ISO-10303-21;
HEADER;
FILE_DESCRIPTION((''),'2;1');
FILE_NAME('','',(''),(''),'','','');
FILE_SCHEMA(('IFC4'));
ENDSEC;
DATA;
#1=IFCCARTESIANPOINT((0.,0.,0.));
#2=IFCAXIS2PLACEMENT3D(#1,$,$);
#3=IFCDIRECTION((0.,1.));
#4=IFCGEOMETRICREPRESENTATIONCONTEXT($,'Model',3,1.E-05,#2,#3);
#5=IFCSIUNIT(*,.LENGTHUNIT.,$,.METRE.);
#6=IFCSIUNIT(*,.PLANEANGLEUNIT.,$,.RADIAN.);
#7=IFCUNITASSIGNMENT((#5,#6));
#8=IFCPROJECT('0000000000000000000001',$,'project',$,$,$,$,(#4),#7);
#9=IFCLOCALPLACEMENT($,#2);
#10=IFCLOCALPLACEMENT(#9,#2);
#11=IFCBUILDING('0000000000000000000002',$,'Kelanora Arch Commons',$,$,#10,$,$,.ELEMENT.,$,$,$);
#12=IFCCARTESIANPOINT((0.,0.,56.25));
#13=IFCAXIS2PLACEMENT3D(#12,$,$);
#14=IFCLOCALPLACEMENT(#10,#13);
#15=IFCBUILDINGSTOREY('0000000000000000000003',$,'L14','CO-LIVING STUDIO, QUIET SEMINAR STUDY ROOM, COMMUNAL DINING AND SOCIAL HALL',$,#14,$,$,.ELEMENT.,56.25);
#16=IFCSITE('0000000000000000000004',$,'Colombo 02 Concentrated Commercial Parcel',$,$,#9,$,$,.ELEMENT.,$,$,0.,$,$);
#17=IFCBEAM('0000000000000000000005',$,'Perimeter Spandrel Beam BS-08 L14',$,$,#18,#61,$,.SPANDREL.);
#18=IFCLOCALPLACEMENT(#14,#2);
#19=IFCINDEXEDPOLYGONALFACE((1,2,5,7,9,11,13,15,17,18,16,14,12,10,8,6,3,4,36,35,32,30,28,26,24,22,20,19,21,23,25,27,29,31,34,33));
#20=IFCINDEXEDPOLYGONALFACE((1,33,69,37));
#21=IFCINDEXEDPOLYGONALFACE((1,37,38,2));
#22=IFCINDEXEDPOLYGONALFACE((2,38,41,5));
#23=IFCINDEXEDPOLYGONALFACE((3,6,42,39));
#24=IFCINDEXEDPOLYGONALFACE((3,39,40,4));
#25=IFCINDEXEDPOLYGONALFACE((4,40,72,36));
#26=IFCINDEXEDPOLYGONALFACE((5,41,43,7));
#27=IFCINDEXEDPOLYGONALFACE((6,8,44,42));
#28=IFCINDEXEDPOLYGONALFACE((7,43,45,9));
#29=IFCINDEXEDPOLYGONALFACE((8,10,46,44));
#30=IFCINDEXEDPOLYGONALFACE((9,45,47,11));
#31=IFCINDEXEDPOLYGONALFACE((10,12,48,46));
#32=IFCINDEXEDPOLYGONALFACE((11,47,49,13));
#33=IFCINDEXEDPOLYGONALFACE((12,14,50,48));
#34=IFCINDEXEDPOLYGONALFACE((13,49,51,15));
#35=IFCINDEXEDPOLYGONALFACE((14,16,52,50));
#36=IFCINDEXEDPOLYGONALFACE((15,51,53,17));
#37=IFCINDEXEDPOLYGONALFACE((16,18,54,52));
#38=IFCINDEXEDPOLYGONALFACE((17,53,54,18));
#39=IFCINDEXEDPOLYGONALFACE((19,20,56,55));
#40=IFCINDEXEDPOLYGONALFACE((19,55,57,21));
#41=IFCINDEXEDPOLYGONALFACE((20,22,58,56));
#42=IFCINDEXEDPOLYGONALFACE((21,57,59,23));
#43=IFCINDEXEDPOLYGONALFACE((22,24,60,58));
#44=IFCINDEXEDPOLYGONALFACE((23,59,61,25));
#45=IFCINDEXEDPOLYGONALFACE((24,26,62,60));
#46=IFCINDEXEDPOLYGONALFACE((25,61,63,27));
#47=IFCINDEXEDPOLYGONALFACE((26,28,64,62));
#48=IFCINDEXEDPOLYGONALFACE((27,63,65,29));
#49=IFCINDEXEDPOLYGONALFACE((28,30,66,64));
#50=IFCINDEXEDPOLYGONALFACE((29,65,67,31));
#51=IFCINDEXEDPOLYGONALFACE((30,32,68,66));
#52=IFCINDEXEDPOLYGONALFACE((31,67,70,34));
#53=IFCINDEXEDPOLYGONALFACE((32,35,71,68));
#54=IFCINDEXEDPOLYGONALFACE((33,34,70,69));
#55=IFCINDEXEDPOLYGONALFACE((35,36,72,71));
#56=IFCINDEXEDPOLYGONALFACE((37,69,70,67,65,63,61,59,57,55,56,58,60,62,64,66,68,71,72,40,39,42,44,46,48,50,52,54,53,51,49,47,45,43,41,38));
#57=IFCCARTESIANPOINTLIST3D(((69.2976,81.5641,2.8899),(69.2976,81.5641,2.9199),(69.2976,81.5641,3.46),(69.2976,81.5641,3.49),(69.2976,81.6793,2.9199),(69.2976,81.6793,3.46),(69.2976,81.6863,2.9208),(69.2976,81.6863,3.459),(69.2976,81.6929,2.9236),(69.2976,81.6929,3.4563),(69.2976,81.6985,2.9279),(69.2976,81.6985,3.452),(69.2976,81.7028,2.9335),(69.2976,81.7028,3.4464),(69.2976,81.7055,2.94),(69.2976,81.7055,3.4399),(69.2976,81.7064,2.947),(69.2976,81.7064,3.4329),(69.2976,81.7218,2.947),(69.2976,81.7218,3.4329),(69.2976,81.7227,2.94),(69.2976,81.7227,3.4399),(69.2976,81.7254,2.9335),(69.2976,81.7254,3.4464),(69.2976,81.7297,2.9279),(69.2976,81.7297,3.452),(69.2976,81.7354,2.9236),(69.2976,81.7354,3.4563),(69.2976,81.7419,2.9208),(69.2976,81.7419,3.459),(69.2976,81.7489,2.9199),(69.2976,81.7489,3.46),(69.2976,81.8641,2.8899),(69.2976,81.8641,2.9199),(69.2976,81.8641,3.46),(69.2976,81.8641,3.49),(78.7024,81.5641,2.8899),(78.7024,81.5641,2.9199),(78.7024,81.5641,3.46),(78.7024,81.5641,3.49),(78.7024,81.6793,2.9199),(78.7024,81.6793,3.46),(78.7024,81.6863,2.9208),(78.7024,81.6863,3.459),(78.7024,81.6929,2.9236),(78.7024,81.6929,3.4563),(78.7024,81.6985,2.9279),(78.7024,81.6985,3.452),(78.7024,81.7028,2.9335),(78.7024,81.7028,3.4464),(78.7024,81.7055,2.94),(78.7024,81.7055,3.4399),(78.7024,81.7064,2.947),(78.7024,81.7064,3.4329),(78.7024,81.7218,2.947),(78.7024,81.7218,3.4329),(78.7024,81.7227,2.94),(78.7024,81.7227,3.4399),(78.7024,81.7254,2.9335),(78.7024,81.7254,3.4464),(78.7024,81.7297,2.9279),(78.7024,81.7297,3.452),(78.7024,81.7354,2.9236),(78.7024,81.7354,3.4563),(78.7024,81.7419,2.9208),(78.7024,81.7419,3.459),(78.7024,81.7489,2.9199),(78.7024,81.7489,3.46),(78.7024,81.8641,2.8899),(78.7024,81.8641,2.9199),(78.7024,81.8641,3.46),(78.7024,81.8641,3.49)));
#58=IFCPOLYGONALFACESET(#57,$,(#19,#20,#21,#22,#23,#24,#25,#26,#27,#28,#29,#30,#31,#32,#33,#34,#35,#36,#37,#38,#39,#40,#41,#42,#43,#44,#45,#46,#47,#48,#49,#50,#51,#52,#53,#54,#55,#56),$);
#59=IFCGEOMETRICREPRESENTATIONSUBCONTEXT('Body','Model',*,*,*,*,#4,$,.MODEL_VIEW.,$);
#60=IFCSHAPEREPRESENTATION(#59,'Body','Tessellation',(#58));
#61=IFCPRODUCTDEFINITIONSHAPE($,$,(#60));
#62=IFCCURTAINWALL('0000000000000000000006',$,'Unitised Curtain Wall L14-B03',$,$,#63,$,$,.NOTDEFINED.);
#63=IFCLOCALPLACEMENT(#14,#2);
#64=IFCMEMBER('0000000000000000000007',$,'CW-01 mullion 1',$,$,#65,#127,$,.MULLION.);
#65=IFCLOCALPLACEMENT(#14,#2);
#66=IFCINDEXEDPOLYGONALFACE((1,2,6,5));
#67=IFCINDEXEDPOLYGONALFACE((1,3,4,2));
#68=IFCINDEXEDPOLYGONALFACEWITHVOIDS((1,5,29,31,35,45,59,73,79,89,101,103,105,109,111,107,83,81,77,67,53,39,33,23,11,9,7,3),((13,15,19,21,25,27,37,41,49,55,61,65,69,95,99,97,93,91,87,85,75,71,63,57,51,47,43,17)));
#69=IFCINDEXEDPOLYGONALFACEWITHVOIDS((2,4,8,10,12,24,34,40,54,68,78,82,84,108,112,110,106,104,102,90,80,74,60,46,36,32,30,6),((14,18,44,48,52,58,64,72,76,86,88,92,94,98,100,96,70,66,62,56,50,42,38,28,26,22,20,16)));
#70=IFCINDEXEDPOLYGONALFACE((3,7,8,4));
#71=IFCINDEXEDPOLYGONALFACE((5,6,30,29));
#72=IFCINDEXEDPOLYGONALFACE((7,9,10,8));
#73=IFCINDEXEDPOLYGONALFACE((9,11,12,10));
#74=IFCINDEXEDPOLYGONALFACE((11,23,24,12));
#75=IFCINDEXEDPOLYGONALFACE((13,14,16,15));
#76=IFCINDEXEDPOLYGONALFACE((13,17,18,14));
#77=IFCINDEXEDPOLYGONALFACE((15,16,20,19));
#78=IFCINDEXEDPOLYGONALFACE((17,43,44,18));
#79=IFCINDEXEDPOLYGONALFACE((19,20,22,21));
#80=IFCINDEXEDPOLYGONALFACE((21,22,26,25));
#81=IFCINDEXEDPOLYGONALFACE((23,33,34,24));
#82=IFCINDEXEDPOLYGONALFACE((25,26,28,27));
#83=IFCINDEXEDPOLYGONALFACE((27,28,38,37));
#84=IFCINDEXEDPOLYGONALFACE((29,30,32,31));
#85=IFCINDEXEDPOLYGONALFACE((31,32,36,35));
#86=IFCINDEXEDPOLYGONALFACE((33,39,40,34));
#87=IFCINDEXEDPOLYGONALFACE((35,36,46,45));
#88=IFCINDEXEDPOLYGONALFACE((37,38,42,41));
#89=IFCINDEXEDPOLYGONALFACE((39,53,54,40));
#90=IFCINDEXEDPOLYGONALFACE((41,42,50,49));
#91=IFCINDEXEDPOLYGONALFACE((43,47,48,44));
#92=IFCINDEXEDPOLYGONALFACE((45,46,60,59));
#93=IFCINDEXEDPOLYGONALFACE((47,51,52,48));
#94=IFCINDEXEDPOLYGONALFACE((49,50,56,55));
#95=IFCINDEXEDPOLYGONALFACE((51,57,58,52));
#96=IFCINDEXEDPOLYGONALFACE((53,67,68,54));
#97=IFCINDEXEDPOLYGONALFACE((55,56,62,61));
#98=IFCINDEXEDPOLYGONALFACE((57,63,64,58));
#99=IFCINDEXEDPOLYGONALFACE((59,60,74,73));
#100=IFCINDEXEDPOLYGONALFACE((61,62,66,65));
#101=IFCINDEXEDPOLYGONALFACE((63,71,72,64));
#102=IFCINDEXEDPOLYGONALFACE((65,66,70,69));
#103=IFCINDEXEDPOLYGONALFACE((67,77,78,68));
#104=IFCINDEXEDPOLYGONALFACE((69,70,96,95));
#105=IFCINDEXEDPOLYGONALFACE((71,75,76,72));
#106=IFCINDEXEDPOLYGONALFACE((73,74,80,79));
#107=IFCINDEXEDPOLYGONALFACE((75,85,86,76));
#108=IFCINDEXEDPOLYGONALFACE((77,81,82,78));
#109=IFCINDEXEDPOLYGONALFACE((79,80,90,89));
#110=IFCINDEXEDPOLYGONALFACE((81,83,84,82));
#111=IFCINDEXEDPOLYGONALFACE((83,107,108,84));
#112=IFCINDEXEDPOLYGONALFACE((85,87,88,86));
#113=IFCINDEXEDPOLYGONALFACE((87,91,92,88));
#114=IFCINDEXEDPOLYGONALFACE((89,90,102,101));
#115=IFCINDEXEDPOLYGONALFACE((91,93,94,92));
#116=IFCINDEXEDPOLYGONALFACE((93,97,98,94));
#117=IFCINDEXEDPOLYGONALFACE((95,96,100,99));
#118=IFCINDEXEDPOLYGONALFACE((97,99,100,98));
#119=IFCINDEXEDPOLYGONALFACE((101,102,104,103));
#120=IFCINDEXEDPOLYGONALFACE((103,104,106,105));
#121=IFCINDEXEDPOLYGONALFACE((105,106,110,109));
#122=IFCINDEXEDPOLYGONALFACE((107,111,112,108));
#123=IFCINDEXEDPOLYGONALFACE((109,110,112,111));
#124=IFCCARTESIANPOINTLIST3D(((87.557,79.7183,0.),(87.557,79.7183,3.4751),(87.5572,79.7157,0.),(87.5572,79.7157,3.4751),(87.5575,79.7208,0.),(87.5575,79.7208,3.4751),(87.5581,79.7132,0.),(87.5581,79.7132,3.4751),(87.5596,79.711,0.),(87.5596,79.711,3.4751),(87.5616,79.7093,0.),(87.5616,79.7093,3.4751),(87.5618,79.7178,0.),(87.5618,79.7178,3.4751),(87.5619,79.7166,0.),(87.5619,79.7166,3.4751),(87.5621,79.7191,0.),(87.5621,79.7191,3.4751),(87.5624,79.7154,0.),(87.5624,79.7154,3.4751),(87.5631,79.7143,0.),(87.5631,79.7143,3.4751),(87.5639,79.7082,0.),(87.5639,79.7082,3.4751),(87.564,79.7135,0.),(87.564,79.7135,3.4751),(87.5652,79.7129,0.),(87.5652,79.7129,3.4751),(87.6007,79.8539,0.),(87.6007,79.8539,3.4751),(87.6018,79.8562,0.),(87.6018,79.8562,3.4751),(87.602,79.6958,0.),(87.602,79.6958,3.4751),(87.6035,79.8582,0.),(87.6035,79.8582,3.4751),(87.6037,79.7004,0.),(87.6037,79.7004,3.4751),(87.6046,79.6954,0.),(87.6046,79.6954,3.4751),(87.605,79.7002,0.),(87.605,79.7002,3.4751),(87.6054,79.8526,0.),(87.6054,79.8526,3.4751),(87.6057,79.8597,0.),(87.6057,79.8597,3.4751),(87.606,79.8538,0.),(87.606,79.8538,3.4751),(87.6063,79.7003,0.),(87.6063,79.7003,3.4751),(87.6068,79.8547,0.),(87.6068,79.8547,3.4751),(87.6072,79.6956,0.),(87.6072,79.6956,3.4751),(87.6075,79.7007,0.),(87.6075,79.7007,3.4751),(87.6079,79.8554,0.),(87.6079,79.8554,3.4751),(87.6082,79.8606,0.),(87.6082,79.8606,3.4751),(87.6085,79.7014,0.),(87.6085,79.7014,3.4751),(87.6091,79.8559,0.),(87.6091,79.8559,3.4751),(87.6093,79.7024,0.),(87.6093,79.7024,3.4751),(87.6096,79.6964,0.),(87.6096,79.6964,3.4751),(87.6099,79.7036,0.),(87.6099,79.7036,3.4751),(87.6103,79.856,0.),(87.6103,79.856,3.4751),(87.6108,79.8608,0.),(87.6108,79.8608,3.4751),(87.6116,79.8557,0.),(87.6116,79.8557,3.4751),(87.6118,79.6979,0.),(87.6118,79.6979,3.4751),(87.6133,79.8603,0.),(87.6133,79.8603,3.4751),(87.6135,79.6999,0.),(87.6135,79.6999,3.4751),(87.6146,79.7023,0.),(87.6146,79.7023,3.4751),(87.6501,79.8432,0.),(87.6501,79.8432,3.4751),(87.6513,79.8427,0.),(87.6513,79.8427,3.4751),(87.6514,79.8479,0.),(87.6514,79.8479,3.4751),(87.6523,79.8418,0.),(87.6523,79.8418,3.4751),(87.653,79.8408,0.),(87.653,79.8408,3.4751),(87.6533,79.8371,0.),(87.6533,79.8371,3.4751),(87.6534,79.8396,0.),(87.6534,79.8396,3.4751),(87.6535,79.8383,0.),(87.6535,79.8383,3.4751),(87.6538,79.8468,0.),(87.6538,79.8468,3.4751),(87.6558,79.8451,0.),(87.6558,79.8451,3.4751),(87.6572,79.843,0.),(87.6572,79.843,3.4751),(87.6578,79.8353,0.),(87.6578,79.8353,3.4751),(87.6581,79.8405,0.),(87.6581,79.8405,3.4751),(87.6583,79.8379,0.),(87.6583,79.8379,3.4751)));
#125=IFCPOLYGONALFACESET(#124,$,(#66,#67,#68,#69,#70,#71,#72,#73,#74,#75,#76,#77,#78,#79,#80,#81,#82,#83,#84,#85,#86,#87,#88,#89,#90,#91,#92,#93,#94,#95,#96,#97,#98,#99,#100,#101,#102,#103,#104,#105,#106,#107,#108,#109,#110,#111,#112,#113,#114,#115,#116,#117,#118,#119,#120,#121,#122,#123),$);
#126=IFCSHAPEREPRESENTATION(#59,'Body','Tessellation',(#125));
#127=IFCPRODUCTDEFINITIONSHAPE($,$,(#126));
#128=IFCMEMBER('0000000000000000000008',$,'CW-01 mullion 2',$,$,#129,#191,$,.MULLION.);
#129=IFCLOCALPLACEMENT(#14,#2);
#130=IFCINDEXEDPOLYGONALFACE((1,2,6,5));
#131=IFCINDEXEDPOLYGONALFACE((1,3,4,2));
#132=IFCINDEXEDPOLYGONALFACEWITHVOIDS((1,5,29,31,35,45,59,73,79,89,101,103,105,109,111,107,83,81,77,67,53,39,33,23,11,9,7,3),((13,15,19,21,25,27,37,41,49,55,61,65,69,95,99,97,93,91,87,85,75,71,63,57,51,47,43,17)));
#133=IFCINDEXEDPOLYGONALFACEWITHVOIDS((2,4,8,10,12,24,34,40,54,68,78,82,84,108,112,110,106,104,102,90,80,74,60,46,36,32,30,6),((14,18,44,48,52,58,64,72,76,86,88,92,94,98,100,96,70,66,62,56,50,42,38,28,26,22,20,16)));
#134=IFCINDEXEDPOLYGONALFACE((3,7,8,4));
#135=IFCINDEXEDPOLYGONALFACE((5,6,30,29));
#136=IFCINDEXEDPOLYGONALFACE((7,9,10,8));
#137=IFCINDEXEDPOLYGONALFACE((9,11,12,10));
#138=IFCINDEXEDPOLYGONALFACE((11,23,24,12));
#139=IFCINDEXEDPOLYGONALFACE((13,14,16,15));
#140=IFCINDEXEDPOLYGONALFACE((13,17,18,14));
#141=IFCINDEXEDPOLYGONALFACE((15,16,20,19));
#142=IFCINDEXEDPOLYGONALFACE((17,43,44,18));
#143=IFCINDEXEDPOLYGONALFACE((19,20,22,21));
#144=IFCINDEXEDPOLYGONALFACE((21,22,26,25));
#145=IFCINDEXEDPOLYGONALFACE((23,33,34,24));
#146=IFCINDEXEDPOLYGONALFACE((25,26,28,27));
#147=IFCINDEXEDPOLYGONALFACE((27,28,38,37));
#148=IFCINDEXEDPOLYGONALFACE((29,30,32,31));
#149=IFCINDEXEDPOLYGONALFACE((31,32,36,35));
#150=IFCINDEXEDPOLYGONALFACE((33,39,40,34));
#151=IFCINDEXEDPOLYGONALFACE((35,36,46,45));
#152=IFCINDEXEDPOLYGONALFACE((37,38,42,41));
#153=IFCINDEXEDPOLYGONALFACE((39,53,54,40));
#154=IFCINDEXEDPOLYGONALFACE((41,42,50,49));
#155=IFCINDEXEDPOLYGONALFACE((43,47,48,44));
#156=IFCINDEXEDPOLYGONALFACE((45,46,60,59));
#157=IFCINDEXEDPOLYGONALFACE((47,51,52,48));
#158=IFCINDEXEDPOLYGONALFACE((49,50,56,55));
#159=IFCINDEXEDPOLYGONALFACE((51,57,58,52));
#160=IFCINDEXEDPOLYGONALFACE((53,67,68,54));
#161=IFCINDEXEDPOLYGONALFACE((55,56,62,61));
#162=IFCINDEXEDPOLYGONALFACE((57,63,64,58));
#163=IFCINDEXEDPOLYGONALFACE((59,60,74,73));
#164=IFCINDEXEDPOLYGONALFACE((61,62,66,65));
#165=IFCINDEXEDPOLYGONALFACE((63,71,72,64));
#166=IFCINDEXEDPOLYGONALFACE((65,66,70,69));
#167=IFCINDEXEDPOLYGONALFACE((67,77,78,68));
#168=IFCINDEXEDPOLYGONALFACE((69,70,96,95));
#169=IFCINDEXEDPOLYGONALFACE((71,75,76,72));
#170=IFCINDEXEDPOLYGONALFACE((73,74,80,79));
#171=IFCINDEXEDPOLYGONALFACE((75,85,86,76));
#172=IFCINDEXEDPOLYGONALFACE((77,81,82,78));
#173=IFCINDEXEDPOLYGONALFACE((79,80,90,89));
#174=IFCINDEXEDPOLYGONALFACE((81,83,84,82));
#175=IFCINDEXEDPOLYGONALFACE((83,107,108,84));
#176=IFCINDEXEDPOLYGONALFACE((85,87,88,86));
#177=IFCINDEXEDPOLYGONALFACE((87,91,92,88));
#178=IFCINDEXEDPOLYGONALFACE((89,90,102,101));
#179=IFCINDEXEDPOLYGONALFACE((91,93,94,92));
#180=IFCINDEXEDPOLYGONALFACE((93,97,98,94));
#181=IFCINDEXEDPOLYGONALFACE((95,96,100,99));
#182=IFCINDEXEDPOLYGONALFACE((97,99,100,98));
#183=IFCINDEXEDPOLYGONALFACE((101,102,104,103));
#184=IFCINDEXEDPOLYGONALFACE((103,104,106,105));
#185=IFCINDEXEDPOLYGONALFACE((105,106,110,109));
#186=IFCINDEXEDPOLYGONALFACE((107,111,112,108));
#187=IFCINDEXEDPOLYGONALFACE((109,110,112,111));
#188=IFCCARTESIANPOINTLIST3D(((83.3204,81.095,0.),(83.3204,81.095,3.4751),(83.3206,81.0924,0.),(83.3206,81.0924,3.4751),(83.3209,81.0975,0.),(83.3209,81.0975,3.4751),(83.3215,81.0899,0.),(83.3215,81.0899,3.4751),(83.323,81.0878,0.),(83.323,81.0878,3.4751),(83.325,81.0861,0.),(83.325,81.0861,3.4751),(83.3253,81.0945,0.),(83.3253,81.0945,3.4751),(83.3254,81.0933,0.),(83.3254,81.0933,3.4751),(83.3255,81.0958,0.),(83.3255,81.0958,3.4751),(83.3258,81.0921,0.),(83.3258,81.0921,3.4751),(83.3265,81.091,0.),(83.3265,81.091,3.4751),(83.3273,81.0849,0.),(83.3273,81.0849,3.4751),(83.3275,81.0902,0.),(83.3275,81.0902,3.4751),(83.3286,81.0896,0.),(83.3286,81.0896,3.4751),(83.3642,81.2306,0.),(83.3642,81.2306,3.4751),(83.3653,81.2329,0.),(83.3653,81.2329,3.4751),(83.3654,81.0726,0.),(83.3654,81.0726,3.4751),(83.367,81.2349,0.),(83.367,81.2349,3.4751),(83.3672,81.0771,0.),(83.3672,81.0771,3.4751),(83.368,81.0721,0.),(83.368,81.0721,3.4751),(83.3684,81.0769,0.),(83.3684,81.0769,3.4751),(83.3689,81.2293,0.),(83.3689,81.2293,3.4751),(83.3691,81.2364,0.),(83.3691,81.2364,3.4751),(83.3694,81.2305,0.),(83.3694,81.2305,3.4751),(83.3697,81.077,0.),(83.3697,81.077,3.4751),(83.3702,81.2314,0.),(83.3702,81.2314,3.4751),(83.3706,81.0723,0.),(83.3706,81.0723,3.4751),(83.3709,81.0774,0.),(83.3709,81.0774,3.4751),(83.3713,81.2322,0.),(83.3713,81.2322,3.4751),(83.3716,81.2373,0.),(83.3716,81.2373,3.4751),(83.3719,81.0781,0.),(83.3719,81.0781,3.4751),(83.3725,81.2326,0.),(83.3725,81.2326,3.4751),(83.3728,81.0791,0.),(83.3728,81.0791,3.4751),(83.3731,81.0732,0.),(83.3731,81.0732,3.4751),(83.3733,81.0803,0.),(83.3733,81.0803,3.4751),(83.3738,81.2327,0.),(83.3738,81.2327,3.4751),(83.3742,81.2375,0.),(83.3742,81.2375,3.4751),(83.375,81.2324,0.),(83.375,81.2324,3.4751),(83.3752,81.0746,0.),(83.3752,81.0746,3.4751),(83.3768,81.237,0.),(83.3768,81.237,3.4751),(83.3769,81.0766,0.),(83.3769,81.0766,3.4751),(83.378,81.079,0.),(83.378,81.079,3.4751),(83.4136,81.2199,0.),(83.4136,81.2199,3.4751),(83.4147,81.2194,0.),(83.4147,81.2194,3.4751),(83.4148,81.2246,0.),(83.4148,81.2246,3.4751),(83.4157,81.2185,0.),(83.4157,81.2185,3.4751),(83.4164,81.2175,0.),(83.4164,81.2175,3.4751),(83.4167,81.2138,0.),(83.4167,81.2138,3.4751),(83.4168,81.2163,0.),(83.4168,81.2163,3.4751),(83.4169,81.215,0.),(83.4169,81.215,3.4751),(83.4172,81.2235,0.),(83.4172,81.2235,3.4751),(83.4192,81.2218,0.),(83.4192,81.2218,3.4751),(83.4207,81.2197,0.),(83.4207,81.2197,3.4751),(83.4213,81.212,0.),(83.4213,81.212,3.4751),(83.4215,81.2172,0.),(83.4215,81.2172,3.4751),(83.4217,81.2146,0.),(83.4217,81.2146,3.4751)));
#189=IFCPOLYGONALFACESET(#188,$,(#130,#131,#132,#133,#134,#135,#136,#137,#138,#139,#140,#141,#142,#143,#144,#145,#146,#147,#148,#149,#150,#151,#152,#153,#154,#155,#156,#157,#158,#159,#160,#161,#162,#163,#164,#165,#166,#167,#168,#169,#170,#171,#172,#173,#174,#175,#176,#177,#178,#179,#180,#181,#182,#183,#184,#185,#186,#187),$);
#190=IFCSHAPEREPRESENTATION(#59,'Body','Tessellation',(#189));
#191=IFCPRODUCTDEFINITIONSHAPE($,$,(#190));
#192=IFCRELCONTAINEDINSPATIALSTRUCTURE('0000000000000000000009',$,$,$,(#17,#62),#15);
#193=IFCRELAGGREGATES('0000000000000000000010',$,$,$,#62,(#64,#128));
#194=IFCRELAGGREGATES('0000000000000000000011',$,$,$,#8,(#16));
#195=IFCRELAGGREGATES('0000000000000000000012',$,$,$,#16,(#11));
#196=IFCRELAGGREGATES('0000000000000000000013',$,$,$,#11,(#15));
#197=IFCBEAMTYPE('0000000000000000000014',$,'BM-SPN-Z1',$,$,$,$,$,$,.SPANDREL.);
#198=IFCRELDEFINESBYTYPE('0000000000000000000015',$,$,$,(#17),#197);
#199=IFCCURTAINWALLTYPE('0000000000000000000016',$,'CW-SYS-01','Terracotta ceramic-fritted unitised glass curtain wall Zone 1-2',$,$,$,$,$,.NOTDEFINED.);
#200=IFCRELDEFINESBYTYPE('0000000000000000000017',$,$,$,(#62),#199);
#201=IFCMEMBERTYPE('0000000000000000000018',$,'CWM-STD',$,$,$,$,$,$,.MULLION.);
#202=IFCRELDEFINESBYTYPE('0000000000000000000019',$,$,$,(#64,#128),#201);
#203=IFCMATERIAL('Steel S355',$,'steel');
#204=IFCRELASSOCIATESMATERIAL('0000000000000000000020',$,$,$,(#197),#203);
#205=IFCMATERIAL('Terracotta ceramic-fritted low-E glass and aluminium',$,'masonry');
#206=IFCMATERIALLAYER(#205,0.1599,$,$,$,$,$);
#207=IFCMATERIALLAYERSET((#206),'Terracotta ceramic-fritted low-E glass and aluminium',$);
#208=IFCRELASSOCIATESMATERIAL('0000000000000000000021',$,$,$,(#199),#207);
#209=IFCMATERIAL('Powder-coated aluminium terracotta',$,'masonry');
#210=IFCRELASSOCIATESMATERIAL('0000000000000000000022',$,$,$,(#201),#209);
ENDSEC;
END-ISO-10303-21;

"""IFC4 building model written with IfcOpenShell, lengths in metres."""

from ifc_helpers import new_model, si_unit, direction, frame, origin, origin_2d, place, context, subcontext, project, spatial, hollow_rectangle, i_section, extrude, material, layer, layer_set, material_profile, profile_set, type_object, element, aggregate, save


model = new_model("IFC4")

# Units and contexts
model_context = context("Model", 3, precision=1e-05, world=origin(), true_north=direction((0.0, 1.0)))
body_context = subcontext(model_context, "Body", "Model", "MODEL_VIEW")
ifc_project = project(units=[si_unit("LENGTHUNIT", "METRE"), si_unit("PLANEANGLEUNIT", "RADIAN")], contexts=[model_context])

# Site, building, storey
site_placement = place(None, origin())
site = spatial("IfcSite", under=ifc_project, at=site_placement, Name="Colombo 02 Concentrated Commercial Parcel", CompositionType="ELEMENT", RefElevation=0.0)
building_placement = place(site_placement, origin())
building = spatial("IfcBuilding", under=site, at=building_placement, Name="Kelanora Arch Commons", CompositionType="ELEMENT")
storey_placement = place(building_placement, frame((0.0, 0.0, 56.25)))
storey = spatial("IfcBuildingStorey", under=building, at=storey_placement, Name="L14", Description="CO-LIVING STUDIO, QUIET SEMINAR STUDY ROOM, COMMUNAL DINING AND SOCIAL HALL", CompositionType="ELEMENT", Elevation=56.25)

# Beam
ifc_material_1 = material(Name="Steel S355", Category="steel")
ifc_material_profile_1 = material_profile(ifc_material_1, i_section(OverallWidth=0.3, OverallDepth=0.6001, WebThickness=0.0154, FlangeThickness=0.03, FilletRadius=0.0271, at=origin_2d()), Name="HEB600")
ifc_profile_set_1 = profile_set([ifc_material_profile_1], Name="Steel S355")
beam_type_1 = type_object("IfcBeamType", Name="BM-SPN-Z1", PredefinedType="SPANDREL", material=ifc_profile_set_1)
beam_1_placement = place(storey_placement, frame((78.7024, 81.7141, 3.1899), z_axis=(-1.0, 0.0, 0.0), x_axis=(0.0, -1.0, 0.0)))
element("IfcBeam", 1, at=beam_1_placement, inside=storey, type_object=beam_type_1, Name="Perimeter Spandrel Beam BS-08 L14", PredefinedType="SPANDREL", context=body_context, shape_type="SweptSolid", body=[
    extrude(i_section(OverallWidth=0.3, OverallDepth=0.6001, WebThickness=0.0154, FlangeThickness=0.03, FilletRadius=0.0271, at=origin_2d()), origin(), (0.0, 0.0, 1.0), 9.4048),
])

# Curtain wall, members
ifc_material_2 = material(Name="Terracotta ceramic-fritted low-E glass and aluminium", Category="masonry")
ifc_layer_1 = layer(ifc_material_2, 0.1599)
ifc_layer_set_1 = layer_set([ifc_layer_1], Name="Terracotta ceramic-fritted low-E glass and aluminium")
curtain_wall_type = type_object("IfcCurtainWallType", Name="CW-SYS-01", Description="Terracotta ceramic-fritted unitised glass curtain wall Zone 1-2", PredefinedType="NOTDEFINED", material=ifc_layer_set_1)
curtain_wall_placement = place(storey_placement, origin())
curtain_wall = element("IfcCurtainWall", 2, at=curtain_wall_placement, inside=storey, type_object=curtain_wall_type, Name="Unitised Curtain Wall L14-B03", PredefinedType="NOTDEFINED")
ifc_material_3 = material(Name="Powder-coated aluminium terracotta", Category="masonry")
ifc_material_profile_2 = material_profile(ifc_material_3, hollow_rectangle(XDim=0.1599, YDim=0.0601, WallThickness=0.0049, InnerFilletRadius=0.0049, OuterFilletRadius=0.01, at=origin_2d()), Name="CWM160x60")
ifc_profile_set_2 = profile_set([ifc_material_profile_2], Name="Powder-coated aluminium terracotta")
member_type_1 = type_object("IfcMemberType", Name="CWM-STD", PredefinedType="MULLION", material=ifc_profile_set_2)
member_1_placement = place(storey_placement, frame((87.6077, 79.7781, 0.0), z_axis=(0.0, 0.0, 1.0), x_axis=(-0.309058, -0.951043, 0.0)))
member_1 = element("IfcMember", 3, at=member_1_placement, type_object=member_type_1, Name="CW-01 mullion 1", PredefinedType="MULLION", context=body_context, shape_type="SweptSolid", body=[
    extrude(hollow_rectangle(XDim=0.1599, YDim=0.0601, WallThickness=0.0049, InnerFilletRadius=0.0049, OuterFilletRadius=0.01, at=origin_2d()), origin(), (0.0, 0.0, 1.0), 3.4751),
])
member_2_placement = place(storey_placement, frame((83.3711, 81.1548, 0.0), z_axis=(0.0, 0.0, 1.0), x_axis=(-0.309058, -0.951043, 0.0)))
member_2 = element("IfcMember", 4, at=member_2_placement, type_object=member_type_1, Name="CW-01 mullion 2", PredefinedType="MULLION", context=body_context, shape_type="SweptSolid", body=[
    extrude(hollow_rectangle(XDim=0.1599, YDim=0.0601, WallThickness=0.0049, InnerFilletRadius=0.0049, OuterFilletRadius=0.01, at=origin_2d()), origin(), (0.0, 0.0, 1.0), 3.4751),
])
aggregate(curtain_wall, [member_1, member_2])

save(model, "model.ifc")
